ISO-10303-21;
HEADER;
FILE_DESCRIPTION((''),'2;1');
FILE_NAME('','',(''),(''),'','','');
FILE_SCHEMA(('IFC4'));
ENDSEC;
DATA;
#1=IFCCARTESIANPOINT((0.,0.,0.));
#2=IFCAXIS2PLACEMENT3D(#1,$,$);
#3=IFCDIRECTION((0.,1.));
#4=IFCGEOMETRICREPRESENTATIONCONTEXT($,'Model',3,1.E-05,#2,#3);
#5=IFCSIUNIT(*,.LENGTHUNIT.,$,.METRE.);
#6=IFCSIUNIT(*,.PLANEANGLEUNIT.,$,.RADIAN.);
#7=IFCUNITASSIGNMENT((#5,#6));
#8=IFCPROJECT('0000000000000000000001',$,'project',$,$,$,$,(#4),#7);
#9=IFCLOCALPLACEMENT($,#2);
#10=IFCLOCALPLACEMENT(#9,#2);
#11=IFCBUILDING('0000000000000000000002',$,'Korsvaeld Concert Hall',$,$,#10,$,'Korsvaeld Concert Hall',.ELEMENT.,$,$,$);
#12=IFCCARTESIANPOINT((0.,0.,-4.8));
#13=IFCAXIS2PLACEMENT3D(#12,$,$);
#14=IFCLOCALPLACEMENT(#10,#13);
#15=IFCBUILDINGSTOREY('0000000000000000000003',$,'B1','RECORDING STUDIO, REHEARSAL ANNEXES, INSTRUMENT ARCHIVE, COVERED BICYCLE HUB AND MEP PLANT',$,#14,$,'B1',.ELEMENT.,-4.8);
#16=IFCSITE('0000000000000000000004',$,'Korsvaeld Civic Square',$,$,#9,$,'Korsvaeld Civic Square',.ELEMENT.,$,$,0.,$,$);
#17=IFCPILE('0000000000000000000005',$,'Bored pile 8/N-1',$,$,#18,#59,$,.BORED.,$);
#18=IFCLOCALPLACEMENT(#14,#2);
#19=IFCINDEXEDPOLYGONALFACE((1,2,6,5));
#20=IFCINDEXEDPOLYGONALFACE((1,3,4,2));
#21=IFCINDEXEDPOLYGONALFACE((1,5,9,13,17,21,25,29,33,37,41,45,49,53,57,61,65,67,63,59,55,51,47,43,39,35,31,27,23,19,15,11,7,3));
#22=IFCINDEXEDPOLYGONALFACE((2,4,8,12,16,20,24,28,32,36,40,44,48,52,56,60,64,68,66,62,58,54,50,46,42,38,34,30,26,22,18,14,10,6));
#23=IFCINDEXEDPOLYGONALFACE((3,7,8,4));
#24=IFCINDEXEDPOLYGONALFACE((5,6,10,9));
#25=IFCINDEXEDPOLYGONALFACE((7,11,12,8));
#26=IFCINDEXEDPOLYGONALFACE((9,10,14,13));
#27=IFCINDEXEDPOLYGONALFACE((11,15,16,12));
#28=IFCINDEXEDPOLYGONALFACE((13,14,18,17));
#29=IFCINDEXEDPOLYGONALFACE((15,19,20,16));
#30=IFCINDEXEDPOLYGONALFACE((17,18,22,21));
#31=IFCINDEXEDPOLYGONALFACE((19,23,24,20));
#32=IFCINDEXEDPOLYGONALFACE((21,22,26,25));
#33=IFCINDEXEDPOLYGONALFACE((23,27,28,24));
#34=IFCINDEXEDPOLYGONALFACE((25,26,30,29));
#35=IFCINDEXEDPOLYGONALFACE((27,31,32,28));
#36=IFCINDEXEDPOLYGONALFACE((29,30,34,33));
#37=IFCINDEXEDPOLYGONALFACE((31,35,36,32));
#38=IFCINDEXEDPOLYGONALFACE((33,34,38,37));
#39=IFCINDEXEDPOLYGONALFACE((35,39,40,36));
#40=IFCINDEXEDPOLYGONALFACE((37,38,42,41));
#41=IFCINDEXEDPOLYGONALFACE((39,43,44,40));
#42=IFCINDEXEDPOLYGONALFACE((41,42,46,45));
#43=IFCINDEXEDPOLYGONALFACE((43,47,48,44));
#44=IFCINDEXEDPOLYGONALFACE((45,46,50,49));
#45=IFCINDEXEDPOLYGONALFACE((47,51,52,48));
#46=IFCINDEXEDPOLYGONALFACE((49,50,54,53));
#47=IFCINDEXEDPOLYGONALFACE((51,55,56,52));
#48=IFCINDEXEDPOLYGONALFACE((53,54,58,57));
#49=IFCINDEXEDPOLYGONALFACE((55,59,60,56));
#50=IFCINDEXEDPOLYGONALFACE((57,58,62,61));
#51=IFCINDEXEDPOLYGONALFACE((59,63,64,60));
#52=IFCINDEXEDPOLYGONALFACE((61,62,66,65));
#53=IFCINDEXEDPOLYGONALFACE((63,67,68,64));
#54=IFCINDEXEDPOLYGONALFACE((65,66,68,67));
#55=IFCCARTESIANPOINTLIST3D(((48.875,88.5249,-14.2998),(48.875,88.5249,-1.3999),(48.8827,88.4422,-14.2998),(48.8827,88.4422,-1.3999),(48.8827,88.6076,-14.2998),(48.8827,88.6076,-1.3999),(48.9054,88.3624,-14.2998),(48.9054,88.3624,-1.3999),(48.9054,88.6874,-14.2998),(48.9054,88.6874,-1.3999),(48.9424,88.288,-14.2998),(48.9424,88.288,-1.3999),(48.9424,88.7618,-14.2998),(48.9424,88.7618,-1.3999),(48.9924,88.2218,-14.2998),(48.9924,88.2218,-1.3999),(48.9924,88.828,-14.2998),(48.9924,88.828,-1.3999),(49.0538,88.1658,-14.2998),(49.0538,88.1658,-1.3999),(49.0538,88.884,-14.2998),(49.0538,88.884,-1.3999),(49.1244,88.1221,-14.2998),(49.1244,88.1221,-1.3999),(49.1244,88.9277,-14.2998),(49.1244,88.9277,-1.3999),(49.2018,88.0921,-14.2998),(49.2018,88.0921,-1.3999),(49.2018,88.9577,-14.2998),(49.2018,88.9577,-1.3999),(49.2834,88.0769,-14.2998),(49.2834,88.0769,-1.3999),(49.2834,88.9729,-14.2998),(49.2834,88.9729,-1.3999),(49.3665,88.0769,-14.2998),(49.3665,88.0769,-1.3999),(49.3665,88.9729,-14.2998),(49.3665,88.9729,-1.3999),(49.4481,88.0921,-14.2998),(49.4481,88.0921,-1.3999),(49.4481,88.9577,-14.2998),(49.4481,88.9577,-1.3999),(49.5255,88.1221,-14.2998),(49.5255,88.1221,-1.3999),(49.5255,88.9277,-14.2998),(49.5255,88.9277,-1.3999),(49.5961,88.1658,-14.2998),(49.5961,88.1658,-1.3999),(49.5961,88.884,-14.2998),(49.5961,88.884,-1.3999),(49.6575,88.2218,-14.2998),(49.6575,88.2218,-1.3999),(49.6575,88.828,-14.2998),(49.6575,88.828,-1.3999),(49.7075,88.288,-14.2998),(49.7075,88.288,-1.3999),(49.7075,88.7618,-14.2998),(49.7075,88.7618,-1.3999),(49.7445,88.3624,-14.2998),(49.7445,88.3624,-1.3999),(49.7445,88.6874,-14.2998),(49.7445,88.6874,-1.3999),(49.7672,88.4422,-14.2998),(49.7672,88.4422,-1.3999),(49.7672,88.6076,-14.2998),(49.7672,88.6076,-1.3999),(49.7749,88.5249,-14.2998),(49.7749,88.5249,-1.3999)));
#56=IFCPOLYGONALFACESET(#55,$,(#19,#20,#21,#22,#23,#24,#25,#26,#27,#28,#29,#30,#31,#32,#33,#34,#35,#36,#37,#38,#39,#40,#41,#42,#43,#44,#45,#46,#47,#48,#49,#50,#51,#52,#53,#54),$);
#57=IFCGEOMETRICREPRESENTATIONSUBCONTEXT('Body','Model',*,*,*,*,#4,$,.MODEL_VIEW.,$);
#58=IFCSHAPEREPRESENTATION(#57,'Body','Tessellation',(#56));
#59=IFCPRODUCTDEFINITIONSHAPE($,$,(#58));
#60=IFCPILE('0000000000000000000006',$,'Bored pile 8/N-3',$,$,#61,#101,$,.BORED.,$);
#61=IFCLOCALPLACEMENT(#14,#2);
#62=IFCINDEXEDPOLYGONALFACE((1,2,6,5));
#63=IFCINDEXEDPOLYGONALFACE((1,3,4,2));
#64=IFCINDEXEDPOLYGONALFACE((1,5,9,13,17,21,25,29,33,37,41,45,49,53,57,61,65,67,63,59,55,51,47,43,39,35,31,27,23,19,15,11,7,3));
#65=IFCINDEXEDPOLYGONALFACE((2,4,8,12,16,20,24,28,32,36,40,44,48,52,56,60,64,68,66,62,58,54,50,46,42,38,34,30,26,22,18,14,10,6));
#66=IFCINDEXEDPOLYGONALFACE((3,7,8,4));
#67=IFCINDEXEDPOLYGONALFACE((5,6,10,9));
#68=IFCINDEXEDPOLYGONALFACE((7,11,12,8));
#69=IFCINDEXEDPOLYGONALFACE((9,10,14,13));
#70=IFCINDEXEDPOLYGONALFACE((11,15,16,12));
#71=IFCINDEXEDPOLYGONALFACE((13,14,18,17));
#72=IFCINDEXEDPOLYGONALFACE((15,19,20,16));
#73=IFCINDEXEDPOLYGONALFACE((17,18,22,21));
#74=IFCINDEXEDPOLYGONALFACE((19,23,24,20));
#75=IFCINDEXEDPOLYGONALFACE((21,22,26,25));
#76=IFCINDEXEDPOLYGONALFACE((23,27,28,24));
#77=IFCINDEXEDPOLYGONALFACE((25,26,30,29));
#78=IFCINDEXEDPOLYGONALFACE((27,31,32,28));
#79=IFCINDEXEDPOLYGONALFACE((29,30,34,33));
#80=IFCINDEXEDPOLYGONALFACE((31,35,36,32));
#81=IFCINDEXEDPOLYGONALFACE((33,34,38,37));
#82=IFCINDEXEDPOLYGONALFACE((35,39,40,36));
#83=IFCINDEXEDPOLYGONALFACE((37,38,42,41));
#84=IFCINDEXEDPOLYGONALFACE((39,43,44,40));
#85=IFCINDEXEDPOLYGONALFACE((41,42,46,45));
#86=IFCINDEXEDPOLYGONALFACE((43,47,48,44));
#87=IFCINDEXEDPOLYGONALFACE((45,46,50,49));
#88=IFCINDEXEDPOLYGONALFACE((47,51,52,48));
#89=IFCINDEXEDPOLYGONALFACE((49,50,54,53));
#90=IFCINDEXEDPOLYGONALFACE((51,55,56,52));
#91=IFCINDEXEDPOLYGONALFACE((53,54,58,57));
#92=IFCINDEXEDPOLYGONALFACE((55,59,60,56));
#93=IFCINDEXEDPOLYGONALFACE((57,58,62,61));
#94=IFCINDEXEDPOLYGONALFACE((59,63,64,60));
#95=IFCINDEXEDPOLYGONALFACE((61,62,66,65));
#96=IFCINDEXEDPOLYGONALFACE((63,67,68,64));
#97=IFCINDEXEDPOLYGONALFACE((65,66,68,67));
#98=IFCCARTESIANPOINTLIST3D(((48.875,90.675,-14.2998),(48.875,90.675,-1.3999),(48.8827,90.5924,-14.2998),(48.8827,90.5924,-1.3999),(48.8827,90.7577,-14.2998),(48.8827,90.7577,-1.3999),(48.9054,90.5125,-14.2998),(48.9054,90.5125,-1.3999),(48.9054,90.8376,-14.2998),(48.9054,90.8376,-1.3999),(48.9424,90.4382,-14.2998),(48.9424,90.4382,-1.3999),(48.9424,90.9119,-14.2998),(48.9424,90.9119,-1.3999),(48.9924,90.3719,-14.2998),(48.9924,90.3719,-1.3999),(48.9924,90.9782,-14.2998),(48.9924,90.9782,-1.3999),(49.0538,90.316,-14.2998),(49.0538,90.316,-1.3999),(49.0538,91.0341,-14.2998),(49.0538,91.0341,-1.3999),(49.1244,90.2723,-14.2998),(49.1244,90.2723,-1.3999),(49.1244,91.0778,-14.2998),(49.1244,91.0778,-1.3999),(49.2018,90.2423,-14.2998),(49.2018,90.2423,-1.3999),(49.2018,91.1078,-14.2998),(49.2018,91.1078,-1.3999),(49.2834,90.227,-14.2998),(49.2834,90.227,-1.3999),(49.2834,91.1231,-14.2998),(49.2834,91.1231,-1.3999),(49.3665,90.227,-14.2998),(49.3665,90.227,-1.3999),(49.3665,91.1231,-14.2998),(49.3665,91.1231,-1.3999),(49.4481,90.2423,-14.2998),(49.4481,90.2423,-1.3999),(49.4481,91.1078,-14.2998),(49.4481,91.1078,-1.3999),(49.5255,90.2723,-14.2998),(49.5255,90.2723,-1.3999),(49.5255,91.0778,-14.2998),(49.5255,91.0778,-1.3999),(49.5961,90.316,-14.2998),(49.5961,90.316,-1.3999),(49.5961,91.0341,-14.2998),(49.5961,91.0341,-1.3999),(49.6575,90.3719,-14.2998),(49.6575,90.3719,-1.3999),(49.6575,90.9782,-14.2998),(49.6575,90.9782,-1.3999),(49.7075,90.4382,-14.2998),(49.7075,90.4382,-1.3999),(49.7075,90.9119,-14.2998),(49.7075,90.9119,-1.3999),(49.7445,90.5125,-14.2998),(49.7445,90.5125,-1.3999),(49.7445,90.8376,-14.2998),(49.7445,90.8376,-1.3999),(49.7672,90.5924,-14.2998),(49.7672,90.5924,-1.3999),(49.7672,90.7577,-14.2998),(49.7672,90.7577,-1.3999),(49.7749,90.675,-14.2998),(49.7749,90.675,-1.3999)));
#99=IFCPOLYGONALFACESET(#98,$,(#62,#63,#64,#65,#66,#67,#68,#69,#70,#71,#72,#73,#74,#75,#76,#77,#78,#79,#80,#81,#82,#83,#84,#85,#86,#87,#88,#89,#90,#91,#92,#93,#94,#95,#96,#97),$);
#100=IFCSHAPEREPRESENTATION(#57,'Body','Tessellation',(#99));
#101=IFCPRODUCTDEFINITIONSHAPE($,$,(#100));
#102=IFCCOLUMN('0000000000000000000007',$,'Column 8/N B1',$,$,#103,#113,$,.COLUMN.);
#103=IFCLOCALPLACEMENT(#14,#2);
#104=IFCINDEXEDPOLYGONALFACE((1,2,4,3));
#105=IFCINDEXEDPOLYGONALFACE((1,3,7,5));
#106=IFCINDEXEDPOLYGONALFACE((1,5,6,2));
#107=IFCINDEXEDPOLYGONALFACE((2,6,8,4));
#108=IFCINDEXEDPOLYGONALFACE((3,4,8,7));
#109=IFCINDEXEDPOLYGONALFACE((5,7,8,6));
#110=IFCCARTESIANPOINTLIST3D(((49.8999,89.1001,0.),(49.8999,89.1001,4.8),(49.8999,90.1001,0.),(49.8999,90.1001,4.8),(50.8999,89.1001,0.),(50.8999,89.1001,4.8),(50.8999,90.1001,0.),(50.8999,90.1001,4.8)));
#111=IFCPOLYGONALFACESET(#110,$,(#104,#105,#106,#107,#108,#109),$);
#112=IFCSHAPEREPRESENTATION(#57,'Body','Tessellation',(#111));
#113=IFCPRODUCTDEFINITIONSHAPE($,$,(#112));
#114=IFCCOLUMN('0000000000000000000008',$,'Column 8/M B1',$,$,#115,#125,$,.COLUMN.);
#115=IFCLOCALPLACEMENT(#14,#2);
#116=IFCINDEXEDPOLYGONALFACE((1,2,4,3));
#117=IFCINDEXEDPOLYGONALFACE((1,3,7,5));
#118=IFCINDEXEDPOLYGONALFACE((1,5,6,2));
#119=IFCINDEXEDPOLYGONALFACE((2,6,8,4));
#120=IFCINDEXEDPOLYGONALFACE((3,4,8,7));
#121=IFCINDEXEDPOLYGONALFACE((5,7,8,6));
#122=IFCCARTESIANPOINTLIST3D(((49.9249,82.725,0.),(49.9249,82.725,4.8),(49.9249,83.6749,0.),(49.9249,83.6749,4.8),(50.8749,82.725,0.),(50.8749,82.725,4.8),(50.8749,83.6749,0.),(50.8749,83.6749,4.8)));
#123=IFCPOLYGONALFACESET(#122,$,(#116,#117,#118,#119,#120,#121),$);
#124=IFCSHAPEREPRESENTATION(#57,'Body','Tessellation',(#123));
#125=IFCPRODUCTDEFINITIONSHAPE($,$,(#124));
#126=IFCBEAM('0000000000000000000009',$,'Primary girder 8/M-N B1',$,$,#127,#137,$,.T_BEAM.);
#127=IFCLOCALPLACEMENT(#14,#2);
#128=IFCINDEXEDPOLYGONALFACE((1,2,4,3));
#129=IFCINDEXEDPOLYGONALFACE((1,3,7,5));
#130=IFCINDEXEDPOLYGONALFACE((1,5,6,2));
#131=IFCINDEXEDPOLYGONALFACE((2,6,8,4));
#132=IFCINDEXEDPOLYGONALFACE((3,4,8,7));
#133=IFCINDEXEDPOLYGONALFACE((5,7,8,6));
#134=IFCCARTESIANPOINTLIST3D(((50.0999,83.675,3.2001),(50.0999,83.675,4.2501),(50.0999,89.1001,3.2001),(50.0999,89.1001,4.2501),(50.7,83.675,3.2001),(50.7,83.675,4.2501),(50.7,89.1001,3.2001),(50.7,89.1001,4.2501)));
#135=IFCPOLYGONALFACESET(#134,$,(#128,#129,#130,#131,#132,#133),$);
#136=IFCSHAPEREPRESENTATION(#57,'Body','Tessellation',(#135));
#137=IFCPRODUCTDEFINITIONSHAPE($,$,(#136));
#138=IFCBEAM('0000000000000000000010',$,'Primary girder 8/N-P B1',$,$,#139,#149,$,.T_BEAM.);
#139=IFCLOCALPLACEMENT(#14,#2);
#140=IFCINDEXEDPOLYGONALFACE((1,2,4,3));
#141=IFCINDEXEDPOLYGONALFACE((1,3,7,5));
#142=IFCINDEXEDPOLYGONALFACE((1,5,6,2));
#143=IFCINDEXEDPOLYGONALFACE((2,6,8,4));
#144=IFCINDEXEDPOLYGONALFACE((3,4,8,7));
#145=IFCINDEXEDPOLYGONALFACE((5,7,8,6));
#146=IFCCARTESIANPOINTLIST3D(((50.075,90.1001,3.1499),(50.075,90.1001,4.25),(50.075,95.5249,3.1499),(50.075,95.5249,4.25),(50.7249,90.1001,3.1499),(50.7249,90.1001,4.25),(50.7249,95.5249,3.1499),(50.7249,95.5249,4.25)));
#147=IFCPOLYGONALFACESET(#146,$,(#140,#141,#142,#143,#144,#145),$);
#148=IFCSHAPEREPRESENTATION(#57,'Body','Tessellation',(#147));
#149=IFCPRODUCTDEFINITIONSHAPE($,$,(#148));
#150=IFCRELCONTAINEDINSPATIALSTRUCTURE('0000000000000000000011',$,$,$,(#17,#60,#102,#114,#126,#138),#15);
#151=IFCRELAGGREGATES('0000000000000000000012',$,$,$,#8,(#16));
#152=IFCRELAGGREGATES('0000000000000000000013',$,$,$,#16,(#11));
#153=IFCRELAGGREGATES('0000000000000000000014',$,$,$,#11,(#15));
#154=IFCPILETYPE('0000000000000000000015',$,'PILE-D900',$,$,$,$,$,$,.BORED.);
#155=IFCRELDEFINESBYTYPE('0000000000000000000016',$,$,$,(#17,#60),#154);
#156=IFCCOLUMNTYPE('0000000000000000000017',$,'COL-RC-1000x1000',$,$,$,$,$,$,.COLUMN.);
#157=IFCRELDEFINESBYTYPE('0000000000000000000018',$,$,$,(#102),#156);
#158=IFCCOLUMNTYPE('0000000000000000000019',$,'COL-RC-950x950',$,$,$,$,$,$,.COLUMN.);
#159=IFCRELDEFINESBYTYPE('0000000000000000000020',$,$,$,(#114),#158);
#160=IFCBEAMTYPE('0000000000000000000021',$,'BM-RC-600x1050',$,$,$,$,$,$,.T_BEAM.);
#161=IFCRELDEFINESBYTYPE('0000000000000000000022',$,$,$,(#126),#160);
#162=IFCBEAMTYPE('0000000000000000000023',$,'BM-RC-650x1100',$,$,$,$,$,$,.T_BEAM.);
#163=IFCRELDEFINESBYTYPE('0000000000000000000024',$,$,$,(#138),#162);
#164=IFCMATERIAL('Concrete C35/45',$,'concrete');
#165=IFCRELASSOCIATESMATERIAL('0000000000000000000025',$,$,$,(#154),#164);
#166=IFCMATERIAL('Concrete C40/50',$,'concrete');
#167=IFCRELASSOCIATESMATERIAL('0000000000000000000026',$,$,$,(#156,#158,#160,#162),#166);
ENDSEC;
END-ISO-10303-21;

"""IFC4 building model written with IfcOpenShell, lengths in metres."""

from ifc_helpers import new_model, si_unit, direction, frame, origin, origin_2d, place, context, subcontext, project, spatial, rectangle, circle, extrude, material, material_profile, profile_set, type_object, element, save


model = new_model("IFC4")

# Units and contexts
model_context = context("Model", 3, precision=1e-05, world=origin(), true_north=direction((0.0, 1.0)))
body_context = subcontext(model_context, "Body", "Model", "MODEL_VIEW")
ifc_project = project(units=[si_unit("LENGTHUNIT", "METRE"), si_unit("PLANEANGLEUNIT", "RADIAN")], contexts=[model_context])

# Site, building, storey
site_placement = place(None, origin())
site = spatial("IfcSite", under=ifc_project, at=site_placement, Name="Korsvaeld Civic Square", LongName="Korsvaeld Civic Square", CompositionType="ELEMENT", RefElevation=0.0)
building_placement = place(site_placement, origin())
building = spatial("IfcBuilding", under=site, at=building_placement, Name="Korsvaeld Concert Hall", LongName="Korsvaeld Concert Hall", CompositionType="ELEMENT")
storey_placement = place(building_placement, frame((0.0, 0.0, -4.8)))
storey = spatial("IfcBuildingStorey", under=building, at=storey_placement, Name="B1", Description="RECORDING STUDIO, REHEARSAL ANNEXES, INSTRUMENT ARCHIVE, COVERED BICYCLE HUB AND MEP PLANT", LongName="B1", CompositionType="ELEMENT", Elevation=-4.8)

# Shared definitions
ifc_material_1 = material(Name="Concrete C35/45", Category="concrete")

# Piles
ifc_material_2 = material(Name="Concrete C40/50", Category="concrete")
ifc_material_profile_1 = material_profile(ifc_material_1, circle(Radius=0.45, at=origin_2d()), Name="BORED PILE D900")
ifc_profile_set_1 = profile_set([ifc_material_profile_1], Name="Concrete C35/45")
pile_type_1 = type_object("IfcPileType", Name="PILE-D900", PredefinedType="BORED", material=ifc_profile_set_1)
for number, where, z_axis, x_axis, name in (
    (1, (49.325, 88.5249, -1.3999), (0.0, 0.0, -1.0), (1.0, 0.0, 0.0), "Bored pile 8/N-1"),
    (2, (49.325, 90.675, -1.3999), (0.0, 0.0, -1.0), (1.0, 0.0, 0.0), "Bored pile 8/N-3"),
):
    element("IfcPile", number, at=place(storey_placement, frame(where, z_axis=z_axis, x_axis=x_axis)), inside=storey, type_object=pile_type_1, Name=name, PredefinedType="BORED", context=body_context, shape_type="SweptSolid", body=[
        extrude(circle(Radius=0.45, at=origin_2d()), origin(), (0.0, 0.0, 1.0), 12.8999),
    ])

# Columns
ifc_material_profile_2 = material_profile(ifc_material_2, rectangle(XDim=1.0, YDim=1.0, at=origin_2d()), Name="RC 1000x1000")
ifc_profile_set_2 = profile_set([ifc_material_profile_2], Name="Concrete C40/50")
column_type_1 = type_object("IfcColumnType", Name="COL-RC-1000x1000", PredefinedType="COLUMN", material=ifc_profile_set_2)
column_1_placement = place(storey_placement, frame((50.3999, 89.6001, 0.0), z_axis=(0.0, 0.0, 1.0), x_axis=(1.0, 0.0, 0.0)))
element("IfcColumn", 3, at=column_1_placement, inside=storey, type_object=column_type_1, Name="Column 8/N B1", PredefinedType="COLUMN", context=body_context, shape_type="SweptSolid", body=[
    extrude(rectangle(XDim=1.0, YDim=1.0, at=origin_2d()), origin(), (0.0, 0.0, 1.0), 4.8),
])
ifc_material_profile_3 = material_profile(ifc_material_2, rectangle(XDim=0.95, YDim=0.95, at=origin_2d()), Name="RC 950x950")
ifc_profile_set_3 = profile_set([ifc_material_profile_3], Name="Concrete C40/50")
column_type_2 = type_object("IfcColumnType", Name="COL-RC-950x950", PredefinedType="COLUMN", material=ifc_profile_set_3)
column_2_placement = place(storey_placement, frame((50.3999, 83.2, 0.0), z_axis=(0.0, 0.0, 1.0), x_axis=(1.0, 0.0, 0.0)))
element("IfcColumn", 4, at=column_2_placement, inside=storey, type_object=column_type_2, Name="Column 8/M B1", PredefinedType="COLUMN", context=body_context, shape_type="SweptSolid", body=[
    extrude(rectangle(XDim=0.95, YDim=0.95, at=origin_2d()), origin(), (0.0, 0.0, 1.0), 4.8),
])

# Beams
ifc_material_profile_4 = material_profile(ifc_material_2, rectangle(XDim=0.6001, YDim=1.05, at=origin_2d()), Name="RC 600x1050")
ifc_profile_set_4 = profile_set([ifc_material_profile_4], Name="Concrete C40/50")
beam_type_1 = type_object("IfcBeamType", Name="BM-RC-600x1050", PredefinedType="T_BEAM", material=ifc_profile_set_4)
beam_1_placement = place(storey_placement, frame((50.3999, 83.675, 3.7251), z_axis=(0.0, 1.0, 0.0), x_axis=(-1.0, 0.0, 0.0)))
element("IfcBeam", 5, at=beam_1_placement, inside=storey, type_object=beam_type_1, Name="Primary girder 8/M-N B1", PredefinedType="T_BEAM", context=body_context, shape_type="SweptSolid", body=[
    extrude(rectangle(XDim=0.6001, YDim=1.05, at=origin_2d()), origin(), (0.0, 0.0, 1.0), 5.425),
])
ifc_material_profile_5 = material_profile(ifc_material_2, rectangle(XDim=0.6499, YDim=1.1001, at=origin_2d()), Name="RC 650x1100")
ifc_profile_set_5 = profile_set([ifc_material_profile_5], Name="Concrete C40/50")
beam_type_2 = type_object("IfcBeamType", Name="BM-RC-650x1100", PredefinedType="T_BEAM", material=ifc_profile_set_5)
beam_2_placement = place(storey_placement, frame((50.3999, 90.1001, 3.7), z_axis=(0.0, 1.0, 0.0), x_axis=(-1.0, 0.0, 0.0)))
element("IfcBeam", 6, at=beam_2_placement, inside=storey, type_object=beam_type_2, Name="Primary girder 8/N-P B1", PredefinedType="T_BEAM", context=body_context, shape_type="SweptSolid", body=[
    extrude(rectangle(XDim=0.6499, YDim=1.1001, at=origin_2d()), origin(), (0.0, 0.0, 1.0), 5.4248),
])

save(model, "model.ifc")
